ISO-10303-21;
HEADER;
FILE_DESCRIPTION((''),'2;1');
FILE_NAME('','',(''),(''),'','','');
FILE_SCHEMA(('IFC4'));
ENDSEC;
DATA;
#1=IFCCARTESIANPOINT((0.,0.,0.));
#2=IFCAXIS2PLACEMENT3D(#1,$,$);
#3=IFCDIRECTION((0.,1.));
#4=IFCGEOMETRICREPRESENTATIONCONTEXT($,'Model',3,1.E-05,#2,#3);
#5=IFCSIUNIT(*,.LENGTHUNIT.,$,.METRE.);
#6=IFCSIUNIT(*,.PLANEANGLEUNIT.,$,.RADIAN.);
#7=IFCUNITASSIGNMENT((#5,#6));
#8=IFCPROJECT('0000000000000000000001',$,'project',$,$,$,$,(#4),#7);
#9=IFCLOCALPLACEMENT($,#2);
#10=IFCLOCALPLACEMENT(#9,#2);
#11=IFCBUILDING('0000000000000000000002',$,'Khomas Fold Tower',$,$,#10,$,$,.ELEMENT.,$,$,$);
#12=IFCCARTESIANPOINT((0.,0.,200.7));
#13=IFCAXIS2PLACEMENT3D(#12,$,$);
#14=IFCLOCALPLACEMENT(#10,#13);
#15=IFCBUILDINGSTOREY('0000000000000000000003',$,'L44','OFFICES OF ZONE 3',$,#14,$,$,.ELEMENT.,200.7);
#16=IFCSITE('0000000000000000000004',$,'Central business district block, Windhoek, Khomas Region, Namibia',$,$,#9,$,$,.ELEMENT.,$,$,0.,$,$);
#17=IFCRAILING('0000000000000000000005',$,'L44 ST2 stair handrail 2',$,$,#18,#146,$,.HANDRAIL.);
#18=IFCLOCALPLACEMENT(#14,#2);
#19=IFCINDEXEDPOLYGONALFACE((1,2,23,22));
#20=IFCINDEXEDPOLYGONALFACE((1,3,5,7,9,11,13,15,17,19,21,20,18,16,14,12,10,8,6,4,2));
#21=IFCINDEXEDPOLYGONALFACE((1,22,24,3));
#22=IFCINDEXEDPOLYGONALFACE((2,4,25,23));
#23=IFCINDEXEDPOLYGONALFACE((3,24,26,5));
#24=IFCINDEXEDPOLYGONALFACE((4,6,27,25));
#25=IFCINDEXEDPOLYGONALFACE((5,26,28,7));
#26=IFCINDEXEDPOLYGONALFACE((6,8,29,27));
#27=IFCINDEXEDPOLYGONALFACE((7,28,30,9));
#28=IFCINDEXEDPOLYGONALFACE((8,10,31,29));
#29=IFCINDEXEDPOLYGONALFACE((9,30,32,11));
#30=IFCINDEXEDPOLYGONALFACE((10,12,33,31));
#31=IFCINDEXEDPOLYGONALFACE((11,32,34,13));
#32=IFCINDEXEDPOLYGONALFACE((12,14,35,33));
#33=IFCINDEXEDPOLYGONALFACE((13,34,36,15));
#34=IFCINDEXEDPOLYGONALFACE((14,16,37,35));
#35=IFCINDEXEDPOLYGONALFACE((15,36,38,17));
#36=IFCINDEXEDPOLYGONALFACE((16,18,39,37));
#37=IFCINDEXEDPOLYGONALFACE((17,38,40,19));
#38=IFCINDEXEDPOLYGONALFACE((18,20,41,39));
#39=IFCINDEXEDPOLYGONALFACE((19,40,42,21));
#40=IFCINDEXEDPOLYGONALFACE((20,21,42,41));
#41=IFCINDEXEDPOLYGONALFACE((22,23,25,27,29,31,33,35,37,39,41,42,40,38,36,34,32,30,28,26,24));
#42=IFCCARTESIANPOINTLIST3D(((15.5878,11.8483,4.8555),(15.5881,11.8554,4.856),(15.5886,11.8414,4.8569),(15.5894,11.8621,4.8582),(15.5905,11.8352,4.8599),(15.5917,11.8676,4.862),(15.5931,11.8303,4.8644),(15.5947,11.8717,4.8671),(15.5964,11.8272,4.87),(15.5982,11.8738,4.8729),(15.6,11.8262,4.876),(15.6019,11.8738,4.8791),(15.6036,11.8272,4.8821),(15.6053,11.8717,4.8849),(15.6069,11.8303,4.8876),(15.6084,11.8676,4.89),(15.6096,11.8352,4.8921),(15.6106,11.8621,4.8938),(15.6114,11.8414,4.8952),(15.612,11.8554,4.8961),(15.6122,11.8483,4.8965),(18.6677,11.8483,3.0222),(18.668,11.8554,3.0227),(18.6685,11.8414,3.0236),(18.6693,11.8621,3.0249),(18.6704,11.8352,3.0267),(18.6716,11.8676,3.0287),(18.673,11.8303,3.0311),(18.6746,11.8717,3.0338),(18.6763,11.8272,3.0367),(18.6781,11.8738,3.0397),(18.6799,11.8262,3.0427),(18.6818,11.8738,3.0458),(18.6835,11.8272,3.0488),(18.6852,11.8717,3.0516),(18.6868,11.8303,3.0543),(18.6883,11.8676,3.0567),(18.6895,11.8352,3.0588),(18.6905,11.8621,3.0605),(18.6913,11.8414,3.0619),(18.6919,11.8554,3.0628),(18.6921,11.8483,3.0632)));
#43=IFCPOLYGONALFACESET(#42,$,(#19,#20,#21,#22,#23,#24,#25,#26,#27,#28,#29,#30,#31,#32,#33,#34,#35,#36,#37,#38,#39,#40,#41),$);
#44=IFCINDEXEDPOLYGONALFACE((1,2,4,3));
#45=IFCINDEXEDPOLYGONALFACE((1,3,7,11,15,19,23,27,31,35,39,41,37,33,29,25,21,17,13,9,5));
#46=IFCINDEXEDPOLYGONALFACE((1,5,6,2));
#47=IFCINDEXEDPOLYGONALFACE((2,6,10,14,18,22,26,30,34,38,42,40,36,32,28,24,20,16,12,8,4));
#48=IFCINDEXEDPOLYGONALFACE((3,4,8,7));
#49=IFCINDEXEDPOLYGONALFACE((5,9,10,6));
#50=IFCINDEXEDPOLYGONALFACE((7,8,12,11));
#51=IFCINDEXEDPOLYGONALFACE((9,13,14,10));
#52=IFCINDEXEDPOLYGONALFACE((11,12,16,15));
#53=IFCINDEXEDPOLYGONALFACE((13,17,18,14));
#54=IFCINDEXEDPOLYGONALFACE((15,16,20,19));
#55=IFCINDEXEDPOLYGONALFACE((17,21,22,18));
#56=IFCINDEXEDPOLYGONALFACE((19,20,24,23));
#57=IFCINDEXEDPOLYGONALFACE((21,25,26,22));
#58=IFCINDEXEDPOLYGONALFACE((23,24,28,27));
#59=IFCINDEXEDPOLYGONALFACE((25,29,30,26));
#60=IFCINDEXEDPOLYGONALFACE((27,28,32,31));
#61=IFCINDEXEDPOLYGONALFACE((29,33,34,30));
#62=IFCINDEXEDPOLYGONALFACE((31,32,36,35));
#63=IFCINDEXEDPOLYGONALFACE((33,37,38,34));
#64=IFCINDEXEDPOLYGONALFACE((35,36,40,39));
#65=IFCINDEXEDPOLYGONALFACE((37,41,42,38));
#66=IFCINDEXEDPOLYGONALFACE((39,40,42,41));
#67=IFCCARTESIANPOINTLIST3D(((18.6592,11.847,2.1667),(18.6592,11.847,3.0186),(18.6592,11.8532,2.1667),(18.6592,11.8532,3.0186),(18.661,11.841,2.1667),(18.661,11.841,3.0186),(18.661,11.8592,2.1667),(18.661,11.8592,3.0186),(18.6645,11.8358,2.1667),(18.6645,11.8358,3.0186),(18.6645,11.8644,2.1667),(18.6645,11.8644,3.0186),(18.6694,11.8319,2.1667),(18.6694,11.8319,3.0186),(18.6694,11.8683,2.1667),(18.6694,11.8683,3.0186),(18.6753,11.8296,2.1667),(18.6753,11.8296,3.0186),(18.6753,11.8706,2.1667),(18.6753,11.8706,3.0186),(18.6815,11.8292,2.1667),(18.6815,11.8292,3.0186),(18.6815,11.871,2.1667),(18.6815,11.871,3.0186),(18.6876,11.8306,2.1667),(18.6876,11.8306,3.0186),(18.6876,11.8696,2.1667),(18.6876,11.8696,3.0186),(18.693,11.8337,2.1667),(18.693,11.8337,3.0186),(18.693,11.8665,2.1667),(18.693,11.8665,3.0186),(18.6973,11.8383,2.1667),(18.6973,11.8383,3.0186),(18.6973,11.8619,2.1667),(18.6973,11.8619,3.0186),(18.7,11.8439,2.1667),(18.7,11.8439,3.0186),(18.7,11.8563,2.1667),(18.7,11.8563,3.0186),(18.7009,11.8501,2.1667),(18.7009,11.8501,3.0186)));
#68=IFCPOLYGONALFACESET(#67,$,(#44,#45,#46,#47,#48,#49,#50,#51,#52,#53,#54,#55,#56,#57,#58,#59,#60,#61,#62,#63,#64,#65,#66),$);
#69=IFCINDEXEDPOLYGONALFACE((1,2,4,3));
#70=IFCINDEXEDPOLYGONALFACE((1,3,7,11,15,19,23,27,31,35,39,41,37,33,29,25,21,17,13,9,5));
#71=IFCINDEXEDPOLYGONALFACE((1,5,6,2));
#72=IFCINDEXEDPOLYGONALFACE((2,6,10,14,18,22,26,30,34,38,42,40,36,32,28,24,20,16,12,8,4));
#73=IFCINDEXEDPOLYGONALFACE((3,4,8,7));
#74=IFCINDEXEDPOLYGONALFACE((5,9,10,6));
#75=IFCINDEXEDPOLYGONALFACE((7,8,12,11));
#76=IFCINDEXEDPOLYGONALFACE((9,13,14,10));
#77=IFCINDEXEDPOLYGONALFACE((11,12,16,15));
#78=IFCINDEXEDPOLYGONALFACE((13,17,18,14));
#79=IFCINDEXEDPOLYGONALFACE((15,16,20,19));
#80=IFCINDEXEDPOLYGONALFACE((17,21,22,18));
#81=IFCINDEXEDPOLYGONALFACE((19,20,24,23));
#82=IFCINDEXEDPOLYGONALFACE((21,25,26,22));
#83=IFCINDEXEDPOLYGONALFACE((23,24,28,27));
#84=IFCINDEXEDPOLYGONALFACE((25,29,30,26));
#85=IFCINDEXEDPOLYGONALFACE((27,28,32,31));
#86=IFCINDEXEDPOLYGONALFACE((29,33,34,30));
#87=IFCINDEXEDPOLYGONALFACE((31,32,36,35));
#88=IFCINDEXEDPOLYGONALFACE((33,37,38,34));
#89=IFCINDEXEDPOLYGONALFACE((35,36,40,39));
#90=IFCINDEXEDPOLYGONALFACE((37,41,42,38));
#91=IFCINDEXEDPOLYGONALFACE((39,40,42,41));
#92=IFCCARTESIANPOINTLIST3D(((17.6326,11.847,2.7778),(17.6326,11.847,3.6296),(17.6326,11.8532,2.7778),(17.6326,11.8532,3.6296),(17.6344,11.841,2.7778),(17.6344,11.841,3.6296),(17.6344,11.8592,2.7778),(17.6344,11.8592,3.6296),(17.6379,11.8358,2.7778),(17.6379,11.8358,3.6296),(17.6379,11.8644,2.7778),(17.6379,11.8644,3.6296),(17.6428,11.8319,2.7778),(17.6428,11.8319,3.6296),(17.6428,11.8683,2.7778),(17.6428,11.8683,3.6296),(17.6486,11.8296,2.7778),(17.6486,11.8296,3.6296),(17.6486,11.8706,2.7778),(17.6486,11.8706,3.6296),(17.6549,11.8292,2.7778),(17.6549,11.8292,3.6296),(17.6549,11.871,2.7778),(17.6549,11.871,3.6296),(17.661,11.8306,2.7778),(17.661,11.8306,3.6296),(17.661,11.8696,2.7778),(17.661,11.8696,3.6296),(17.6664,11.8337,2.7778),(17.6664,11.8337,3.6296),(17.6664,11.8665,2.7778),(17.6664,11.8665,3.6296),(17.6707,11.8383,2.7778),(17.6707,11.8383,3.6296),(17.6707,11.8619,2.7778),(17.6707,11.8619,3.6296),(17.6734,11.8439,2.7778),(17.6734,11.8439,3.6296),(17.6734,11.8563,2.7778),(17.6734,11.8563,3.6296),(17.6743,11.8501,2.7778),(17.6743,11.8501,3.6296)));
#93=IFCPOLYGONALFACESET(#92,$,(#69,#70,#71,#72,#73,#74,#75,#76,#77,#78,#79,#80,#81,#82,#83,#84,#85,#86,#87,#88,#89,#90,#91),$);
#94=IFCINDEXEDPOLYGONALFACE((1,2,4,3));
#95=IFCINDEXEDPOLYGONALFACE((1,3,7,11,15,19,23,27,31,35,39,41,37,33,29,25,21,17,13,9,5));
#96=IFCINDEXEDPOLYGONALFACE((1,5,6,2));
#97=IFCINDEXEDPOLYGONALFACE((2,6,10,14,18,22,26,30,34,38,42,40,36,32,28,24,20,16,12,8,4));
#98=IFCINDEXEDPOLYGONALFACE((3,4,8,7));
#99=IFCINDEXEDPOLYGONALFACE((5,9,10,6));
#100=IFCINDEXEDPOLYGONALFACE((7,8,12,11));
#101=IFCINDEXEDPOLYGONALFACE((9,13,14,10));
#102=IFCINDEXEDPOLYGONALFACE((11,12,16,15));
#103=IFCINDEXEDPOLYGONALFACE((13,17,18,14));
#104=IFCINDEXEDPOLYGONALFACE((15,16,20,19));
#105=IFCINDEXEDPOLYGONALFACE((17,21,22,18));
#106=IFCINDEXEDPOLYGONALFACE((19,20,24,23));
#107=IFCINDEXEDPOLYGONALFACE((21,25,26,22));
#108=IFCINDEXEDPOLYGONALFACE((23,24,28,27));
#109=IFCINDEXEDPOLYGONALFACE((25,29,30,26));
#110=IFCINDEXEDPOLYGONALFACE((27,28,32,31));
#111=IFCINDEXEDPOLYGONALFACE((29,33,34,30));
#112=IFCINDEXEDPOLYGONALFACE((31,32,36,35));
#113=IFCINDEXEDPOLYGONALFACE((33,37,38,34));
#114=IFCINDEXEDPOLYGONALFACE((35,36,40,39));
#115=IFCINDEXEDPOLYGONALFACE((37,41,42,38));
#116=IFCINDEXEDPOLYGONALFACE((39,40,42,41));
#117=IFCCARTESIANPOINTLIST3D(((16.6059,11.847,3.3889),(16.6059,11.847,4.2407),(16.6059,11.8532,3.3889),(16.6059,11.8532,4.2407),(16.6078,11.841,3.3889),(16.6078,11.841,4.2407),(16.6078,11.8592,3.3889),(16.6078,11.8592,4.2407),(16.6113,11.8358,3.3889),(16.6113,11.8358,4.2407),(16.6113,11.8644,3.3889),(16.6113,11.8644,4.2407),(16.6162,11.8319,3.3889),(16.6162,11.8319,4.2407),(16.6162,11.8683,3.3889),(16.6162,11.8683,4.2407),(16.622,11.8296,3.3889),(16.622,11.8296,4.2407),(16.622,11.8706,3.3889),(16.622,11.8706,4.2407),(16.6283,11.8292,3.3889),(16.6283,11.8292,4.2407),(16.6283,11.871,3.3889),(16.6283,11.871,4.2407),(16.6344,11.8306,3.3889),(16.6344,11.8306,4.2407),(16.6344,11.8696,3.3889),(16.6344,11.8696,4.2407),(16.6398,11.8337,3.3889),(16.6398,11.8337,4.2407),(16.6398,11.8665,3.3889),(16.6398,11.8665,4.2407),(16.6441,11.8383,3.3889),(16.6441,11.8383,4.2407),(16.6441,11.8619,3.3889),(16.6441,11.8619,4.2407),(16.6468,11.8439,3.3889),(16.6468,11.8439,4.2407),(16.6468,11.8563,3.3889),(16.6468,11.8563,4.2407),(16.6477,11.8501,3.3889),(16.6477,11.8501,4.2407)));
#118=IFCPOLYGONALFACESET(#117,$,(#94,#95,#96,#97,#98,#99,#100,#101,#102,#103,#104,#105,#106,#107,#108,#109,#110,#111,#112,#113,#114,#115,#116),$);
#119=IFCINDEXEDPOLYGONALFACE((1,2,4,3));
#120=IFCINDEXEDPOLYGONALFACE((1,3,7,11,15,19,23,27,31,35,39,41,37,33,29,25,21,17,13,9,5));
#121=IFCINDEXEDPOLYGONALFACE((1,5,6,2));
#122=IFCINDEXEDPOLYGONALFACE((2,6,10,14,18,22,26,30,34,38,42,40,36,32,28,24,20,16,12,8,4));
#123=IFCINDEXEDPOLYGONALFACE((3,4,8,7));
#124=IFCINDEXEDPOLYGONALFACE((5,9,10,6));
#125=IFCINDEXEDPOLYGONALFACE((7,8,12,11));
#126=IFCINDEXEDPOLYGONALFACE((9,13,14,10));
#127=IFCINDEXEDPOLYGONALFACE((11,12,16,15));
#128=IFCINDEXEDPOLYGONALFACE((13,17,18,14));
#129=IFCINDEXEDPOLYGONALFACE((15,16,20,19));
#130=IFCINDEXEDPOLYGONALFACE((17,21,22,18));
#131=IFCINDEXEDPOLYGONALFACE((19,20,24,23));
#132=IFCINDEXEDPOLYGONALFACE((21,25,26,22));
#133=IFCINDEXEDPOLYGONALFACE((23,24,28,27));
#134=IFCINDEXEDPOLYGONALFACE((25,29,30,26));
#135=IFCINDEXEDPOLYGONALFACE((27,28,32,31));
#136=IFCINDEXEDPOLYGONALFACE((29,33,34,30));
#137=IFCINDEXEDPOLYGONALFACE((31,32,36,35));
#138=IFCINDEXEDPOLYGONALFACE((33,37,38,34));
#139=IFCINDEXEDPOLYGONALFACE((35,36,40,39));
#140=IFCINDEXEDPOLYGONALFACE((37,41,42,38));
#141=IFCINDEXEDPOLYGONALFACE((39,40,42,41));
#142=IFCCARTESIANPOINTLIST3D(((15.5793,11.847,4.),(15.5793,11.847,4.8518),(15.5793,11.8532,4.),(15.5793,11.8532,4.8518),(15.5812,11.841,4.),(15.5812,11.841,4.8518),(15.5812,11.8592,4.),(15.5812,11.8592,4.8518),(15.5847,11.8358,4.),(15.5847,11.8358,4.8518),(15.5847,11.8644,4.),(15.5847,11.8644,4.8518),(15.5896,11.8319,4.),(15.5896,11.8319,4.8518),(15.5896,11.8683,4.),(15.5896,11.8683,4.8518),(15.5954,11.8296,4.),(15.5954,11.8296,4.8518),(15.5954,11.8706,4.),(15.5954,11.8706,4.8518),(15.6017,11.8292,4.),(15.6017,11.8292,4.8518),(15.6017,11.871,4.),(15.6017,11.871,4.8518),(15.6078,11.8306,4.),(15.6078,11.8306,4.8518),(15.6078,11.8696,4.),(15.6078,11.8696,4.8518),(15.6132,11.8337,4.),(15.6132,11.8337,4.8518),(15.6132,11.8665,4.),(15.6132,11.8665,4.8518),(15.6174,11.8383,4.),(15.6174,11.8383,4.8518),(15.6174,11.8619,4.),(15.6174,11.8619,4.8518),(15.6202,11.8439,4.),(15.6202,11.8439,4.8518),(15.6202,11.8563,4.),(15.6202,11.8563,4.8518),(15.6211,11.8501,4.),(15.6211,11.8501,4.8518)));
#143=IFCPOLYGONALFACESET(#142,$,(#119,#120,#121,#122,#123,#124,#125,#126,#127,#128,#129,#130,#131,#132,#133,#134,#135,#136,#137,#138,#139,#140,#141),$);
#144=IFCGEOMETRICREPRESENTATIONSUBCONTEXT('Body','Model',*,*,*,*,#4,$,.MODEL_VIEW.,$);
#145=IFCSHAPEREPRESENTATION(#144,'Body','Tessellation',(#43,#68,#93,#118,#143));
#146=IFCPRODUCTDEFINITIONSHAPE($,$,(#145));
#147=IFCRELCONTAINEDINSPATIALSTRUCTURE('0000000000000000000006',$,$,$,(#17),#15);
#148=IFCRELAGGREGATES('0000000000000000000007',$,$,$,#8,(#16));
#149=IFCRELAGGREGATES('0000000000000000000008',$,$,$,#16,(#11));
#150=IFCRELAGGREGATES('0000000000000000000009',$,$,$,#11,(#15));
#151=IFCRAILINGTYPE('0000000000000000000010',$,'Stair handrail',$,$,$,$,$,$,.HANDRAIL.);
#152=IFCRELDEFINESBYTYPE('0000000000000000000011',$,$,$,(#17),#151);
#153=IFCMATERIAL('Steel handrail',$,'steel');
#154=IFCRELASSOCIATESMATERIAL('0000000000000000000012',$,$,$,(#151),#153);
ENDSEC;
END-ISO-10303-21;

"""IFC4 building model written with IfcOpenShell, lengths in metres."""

from ifc_helpers import new_model, si_unit, direction, frame, origin, origin_2d, place, context, subcontext, project, spatial, circle, extrude, source, transform, mapped, material, type_object, element, save


model = new_model("IFC4")

# Units and contexts
model_context = context("Model", 3, precision=1e-05, world=origin(), true_north=direction((0.0, 1.0)))
body_context = subcontext(model_context, "Body", "Model", "MODEL_VIEW")
ifc_project = project(units=[si_unit("LENGTHUNIT", "METRE"), si_unit("PLANEANGLEUNIT", "RADIAN")], contexts=[model_context])

# Site, building, storey
site_placement = place(None, origin())
site = spatial("IfcSite", under=ifc_project, at=site_placement, Name="Central business district block, Windhoek, Khomas Region, Namibia", CompositionType="ELEMENT", RefElevation=0.0)
building_placement = place(site_placement, origin())
building = spatial("IfcBuilding", under=site, at=building_placement, Name="Khomas Fold Tower", CompositionType="ELEMENT")
storey_placement = place(building_placement, frame((0.0, 0.0, 200.7)))
storey = spatial("IfcBuildingStorey", under=building, at=storey_placement, Name="L44", Description="OFFICES OF ZONE 3", CompositionType="ELEMENT", Elevation=200.7)

# Railing
ifc_material_1 = material(Name="Steel handrail", Category="steel")
railing_type_1 = type_object("IfcRailingType", Name="Stair handrail", PredefinedType="HANDRAIL", material=ifc_material_1)
shared_shape_1 = source(origin(), body_context, "Body", "SweptSolid", [
    extrude(circle(Radius=0.0239, at=origin_2d()), frame((0.0, 0.0, 0.876), z_axis=(-0.859291, 0.0, 0.511487), x_axis=(0.0, -1.0, 0.0)), (0.0, 0.0, 1.0), 3.5842),
    extrude(circle(Radius=0.021, at=origin_2d()), origin(), (0.0, 0.0, 1.0), 0.8518),
    extrude(circle(Radius=0.021, at=origin_2d()), frame((-1.0266, 0.0, 0.6111)), (0.0, 0.0, 1.0), 0.8518),
    extrude(circle(Radius=0.021, at=origin_2d()), frame((-2.0532, 0.0, 1.2222)), (0.0, 0.0, 1.0), 0.8518),
    extrude(circle(Radius=0.021, at=origin_2d()), frame((-3.0798, 0.0, 1.8333)), (0.0, 0.0, 1.0), 0.8518),
])
railing_1_placement = place(storey_placement, frame((18.6799, 11.8501, 2.1667)))
element("IfcRailing", 1, at=railing_1_placement, inside=storey, type_object=railing_type_1, Name="L44 ST2 stair handrail 2", PredefinedType="HANDRAIL", context=body_context, shape_type="MappedRepresentation", body=[
    mapped(shared_shape_1, transform((0.0, 0.0, 0.0))),
])

save(model, "model.ifc")
